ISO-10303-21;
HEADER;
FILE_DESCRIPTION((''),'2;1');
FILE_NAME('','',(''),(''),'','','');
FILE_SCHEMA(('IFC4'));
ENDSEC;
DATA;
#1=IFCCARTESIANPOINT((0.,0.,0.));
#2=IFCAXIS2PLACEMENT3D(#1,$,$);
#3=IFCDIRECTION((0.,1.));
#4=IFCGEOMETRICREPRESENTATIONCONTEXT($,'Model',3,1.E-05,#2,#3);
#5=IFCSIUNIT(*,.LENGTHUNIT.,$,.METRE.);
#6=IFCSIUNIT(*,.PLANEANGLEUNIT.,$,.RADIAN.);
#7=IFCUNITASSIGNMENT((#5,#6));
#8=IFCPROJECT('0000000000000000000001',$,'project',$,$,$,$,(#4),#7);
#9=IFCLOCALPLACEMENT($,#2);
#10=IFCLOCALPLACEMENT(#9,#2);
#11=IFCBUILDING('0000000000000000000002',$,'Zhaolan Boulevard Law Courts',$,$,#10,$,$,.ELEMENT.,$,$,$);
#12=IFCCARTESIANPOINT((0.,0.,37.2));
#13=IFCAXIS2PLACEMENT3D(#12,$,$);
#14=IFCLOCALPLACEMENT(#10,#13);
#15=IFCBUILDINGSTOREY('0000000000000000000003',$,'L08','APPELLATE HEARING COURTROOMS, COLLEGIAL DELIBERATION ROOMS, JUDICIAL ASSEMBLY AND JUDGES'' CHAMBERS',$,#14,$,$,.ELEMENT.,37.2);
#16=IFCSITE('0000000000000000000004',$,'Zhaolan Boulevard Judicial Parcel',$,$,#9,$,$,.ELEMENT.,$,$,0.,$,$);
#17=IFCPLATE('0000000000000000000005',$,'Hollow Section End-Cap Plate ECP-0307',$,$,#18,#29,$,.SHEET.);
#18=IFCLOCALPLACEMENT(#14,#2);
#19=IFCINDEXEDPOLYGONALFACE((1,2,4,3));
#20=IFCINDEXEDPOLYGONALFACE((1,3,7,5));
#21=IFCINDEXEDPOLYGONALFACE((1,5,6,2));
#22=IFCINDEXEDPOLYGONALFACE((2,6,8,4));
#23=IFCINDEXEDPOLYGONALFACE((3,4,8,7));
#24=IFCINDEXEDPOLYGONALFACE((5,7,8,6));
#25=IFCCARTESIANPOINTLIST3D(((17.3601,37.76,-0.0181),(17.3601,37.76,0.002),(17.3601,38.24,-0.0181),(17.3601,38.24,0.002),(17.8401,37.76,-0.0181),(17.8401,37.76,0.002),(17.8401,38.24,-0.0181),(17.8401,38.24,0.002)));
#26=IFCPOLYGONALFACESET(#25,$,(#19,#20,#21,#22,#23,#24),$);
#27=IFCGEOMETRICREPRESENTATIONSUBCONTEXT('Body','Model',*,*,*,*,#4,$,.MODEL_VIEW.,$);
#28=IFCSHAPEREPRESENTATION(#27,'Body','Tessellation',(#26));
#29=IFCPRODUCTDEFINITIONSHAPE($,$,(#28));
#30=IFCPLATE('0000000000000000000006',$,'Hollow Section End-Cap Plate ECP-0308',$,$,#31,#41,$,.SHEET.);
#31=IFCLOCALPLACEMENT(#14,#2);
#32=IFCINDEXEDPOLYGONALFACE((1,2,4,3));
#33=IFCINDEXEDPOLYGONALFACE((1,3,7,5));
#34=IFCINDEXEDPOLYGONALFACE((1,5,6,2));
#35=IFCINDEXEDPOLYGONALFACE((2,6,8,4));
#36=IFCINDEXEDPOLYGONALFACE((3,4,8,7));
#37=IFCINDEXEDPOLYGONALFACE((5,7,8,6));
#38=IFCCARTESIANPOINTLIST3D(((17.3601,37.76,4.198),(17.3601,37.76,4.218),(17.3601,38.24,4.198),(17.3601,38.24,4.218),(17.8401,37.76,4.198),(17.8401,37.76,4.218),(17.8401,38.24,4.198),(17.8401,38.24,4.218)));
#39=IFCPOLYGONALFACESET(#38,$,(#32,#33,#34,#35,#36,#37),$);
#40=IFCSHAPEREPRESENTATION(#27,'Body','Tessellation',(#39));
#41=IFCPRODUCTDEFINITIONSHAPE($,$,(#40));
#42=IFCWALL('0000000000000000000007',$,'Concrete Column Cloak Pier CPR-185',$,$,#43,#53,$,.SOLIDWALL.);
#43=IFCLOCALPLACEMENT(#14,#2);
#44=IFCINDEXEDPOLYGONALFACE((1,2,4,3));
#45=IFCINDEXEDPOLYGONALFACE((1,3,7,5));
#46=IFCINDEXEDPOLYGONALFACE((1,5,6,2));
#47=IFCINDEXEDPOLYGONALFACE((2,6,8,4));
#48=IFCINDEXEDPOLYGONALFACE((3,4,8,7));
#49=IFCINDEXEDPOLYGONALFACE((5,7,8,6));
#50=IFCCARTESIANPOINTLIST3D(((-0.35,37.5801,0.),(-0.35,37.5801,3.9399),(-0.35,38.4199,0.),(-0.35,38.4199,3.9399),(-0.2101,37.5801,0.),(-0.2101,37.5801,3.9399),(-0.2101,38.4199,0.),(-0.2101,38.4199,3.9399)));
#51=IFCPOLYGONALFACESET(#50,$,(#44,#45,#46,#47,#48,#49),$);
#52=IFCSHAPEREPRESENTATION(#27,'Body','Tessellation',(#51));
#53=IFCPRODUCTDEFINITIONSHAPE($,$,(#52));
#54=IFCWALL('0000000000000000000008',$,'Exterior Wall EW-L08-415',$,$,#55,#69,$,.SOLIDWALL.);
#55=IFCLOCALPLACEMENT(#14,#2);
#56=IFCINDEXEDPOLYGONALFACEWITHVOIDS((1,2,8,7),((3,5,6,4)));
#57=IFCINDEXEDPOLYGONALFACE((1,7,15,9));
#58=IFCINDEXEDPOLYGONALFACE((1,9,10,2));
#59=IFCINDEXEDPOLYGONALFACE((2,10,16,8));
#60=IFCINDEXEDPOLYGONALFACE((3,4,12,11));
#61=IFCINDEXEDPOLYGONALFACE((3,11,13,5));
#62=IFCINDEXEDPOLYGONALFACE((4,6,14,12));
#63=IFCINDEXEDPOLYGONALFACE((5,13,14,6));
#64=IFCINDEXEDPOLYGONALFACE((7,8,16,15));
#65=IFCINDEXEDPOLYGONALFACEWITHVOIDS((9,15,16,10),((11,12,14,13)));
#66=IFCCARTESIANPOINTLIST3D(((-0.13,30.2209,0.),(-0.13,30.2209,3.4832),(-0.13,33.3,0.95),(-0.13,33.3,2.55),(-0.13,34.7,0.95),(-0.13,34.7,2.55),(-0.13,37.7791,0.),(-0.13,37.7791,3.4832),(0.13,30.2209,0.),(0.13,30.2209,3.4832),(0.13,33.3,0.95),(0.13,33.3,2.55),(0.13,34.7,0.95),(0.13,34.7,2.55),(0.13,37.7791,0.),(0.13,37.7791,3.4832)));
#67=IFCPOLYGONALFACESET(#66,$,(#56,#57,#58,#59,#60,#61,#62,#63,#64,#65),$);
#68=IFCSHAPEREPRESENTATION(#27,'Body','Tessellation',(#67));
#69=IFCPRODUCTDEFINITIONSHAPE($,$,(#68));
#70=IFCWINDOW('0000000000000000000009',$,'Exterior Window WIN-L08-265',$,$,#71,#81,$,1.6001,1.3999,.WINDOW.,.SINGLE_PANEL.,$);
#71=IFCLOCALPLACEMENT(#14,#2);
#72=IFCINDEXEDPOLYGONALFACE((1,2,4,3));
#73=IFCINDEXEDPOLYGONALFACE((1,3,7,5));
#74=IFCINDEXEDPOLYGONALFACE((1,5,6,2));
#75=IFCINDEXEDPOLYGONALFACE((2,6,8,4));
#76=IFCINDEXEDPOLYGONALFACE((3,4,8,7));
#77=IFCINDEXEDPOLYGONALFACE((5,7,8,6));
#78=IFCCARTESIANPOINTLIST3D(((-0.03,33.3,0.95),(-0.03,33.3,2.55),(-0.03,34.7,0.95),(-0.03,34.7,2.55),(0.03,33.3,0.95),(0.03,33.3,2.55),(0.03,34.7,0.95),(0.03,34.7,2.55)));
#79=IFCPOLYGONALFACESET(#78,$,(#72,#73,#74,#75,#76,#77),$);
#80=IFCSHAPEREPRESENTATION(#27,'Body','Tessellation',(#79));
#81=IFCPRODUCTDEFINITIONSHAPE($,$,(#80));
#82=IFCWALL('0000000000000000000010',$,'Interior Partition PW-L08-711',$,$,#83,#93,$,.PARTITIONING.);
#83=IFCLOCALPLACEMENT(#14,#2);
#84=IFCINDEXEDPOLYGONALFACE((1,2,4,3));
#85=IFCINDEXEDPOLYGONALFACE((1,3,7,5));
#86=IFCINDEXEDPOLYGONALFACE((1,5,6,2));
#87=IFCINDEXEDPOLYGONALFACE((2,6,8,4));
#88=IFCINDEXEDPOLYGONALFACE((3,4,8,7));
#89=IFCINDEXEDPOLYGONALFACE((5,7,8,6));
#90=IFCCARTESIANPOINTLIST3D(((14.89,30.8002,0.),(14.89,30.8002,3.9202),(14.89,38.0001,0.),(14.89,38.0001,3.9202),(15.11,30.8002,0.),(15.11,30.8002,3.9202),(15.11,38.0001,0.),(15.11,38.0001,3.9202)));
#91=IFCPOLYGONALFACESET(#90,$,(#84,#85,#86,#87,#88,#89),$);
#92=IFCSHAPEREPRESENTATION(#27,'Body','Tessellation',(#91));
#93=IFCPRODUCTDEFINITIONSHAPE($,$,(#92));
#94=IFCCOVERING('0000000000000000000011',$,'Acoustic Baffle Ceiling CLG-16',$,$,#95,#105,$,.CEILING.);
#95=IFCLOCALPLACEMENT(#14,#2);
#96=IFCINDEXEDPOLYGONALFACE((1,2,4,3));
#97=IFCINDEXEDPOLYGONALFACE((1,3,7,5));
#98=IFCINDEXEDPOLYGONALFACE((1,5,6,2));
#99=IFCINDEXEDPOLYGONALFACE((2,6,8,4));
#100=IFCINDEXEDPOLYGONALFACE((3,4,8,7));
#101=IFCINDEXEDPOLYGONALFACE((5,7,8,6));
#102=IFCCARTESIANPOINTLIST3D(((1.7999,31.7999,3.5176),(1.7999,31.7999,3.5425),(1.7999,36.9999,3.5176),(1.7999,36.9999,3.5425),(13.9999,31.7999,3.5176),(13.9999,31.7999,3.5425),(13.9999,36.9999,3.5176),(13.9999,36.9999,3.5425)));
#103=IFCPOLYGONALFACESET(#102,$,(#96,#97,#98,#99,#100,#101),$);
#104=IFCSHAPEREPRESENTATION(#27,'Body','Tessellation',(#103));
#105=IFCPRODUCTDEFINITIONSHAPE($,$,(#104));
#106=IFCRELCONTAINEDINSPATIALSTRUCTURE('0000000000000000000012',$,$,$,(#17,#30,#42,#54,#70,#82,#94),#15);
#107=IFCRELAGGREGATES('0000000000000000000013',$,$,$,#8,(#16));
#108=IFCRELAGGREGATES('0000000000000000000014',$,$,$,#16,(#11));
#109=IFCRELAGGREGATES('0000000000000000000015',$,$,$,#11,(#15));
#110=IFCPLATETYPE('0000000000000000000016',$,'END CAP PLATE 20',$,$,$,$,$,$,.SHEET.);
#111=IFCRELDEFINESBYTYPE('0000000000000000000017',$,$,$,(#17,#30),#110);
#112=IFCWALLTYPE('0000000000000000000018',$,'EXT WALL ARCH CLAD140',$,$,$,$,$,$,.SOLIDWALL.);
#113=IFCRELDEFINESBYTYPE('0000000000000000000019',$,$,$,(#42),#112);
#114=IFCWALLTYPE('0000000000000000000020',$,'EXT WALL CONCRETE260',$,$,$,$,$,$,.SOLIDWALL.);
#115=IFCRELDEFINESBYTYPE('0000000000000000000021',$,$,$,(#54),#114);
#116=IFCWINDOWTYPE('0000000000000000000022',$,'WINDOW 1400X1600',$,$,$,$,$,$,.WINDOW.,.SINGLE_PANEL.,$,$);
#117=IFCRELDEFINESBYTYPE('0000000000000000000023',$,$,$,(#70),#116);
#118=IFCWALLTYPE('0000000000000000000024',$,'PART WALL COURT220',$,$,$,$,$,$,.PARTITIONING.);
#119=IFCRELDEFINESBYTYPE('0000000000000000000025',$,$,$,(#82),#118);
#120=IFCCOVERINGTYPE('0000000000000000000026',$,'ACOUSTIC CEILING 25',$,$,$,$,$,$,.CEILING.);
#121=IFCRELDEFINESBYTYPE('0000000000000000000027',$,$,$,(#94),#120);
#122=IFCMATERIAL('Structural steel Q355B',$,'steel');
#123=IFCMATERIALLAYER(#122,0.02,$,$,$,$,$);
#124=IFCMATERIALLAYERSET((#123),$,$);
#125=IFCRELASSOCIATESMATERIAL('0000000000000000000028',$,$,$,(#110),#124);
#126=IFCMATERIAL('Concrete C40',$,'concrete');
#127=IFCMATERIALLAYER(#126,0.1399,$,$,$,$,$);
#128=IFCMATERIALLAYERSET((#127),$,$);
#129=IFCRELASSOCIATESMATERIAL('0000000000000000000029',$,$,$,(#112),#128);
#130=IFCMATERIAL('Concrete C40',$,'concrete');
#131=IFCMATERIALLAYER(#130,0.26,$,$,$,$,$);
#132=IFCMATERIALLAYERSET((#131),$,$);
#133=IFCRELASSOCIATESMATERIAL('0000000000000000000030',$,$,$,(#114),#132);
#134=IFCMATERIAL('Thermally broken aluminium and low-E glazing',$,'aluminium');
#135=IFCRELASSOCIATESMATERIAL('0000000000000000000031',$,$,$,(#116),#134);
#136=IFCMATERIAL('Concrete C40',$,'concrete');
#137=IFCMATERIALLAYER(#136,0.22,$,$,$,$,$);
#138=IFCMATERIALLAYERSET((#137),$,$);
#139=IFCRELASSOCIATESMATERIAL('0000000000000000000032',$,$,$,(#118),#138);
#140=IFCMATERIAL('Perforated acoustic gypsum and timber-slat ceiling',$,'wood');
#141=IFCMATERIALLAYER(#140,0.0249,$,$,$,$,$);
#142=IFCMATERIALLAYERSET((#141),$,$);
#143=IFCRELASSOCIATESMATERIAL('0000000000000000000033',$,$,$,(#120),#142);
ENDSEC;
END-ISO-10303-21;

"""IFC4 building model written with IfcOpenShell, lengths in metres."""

from ifc_helpers import new_model, si_unit, direction, frame, frame_2d, origin, origin_2d, place, context, subcontext, project, spatial, rectangle, extrude, material, layer, layer_set, type_object, element, fill, save


model = new_model("IFC4")

# Units and contexts
model_context = context("Model", 3, precision=1e-05, world=origin(), true_north=direction((0.0, 1.0)))
body_context = subcontext(model_context, "Body", "Model", "MODEL_VIEW")
ifc_project = project(units=[si_unit("LENGTHUNIT", "METRE"), si_unit("PLANEANGLEUNIT", "RADIAN")], contexts=[model_context])

# Site, building, storey
site_placement = place(None, origin())
site = spatial("IfcSite", under=ifc_project, at=site_placement, Name="Zhaolan Boulevard Judicial Parcel", CompositionType="ELEMENT", RefElevation=0.0)
building_placement = place(site_placement, origin())
building = spatial("IfcBuilding", under=site, at=building_placement, Name="Zhaolan Boulevard Law Courts", CompositionType="ELEMENT")
storey_placement = place(building_placement, frame((0.0, 0.0, 37.2)))
storey = spatial("IfcBuildingStorey", under=building, at=storey_placement, Name="L08", Description="APPELLATE HEARING COURTROOMS, COLLEGIAL DELIBERATION ROOMS, JUDICIAL ASSEMBLY AND JUDGES' CHAMBERS", CompositionType="ELEMENT", Elevation=37.2)

# Plates
ifc_material_1 = material(Name="Structural steel Q355B", Category="steel")
ifc_layer_1 = layer(ifc_material_1, 0.02)
ifc_layer_set_1 = layer_set([ifc_layer_1])
plate_type = type_object("IfcPlateType", Name="END CAP PLATE 20", PredefinedType="SHEET", material=ifc_layer_set_1)
for number, where, z_axis, x_axis, name in (
    (1, (17.6001, 38.0, -0.0181), (0.0, 0.0, 1.0), (1.0, 0.0, 0.0), "Hollow Section End-Cap Plate ECP-0307"),
    (2, (17.6001, 38.0, 4.198), (0.0, 0.0, 1.0), (1.0, 0.0, 0.0), "Hollow Section End-Cap Plate ECP-0308"),
):
    element("IfcPlate", number, at=place(storey_placement, frame(where, z_axis=z_axis, x_axis=x_axis)), inside=storey, type_object=plate_type, Name=name, PredefinedType="SHEET", context=body_context, shape_type="SweptSolid", body=[
        extrude(rectangle(XDim=0.48, YDim=0.48, at=origin_2d()), origin(), (0.0, 0.0, 1.0), 0.02),
    ])

# Wall
ifc_material_2 = material(Name="Concrete C40", Category="concrete")
ifc_layer_2 = layer(ifc_material_2, 0.1399)
ifc_layer_set_2 = layer_set([ifc_layer_2])
wall_type_1 = type_object("IfcWallType", Name="EXT WALL ARCH CLAD140", PredefinedType="SOLIDWALL", material=ifc_layer_set_2)
wall_1_placement = place(storey_placement, frame((-0.28, 37.5801, 0.0), z_axis=(0.0, 0.0, 1.0), x_axis=(0.0, 1.0, 0.0)))
element("IfcWall", 3, at=wall_1_placement, inside=storey, type_object=wall_type_1, Name="Concrete Column Cloak Pier CPR-185", PredefinedType="SOLIDWALL", context=body_context, shape_type="SweptSolid", body=[
    extrude(rectangle(XDim=0.8398, YDim=0.1399, at=frame_2d((0.4199, 0.0))), origin(), (0.0, 0.0, 1.0), 3.9399),
])

# Wall, opening, window
ifc_material_3 = material(Name="Concrete C40", Category="concrete")
ifc_layer_3 = layer(ifc_material_3, 0.26)
ifc_layer_set_3 = layer_set([ifc_layer_3])
wall_type_2 = type_object("IfcWallType", Name="EXT WALL CONCRETE260", PredefinedType="SOLIDWALL", material=ifc_layer_set_3)
wall_2_placement = place(storey_placement, frame((0.0, 37.7791, 0.0), z_axis=(0.0, 0.0, 1.0), x_axis=(0.0, -1.0, 0.0)))
wall_2 = element("IfcWall", 4, at=wall_2_placement, inside=storey, type_object=wall_type_2, Name="Exterior Wall EW-L08-415", PredefinedType="SOLIDWALL", context=body_context, shape_type="SweptSolid", body=[
    extrude(rectangle(XDim=7.5581, YDim=0.26, at=frame_2d((3.7791, 0.0))), origin(), (0.0, 0.0, 1.0), 3.4832),
])
opening_placement = place(wall_2_placement, frame((3.0791, 0.0, 0.95)))
opening = element("IfcOpeningElement", 5, at=opening_placement, cuts=wall_2, PredefinedType="OPENING", context=body_context, shape_type="SweptSolid", body=[
    extrude(rectangle(XDim=1.3999, YDim=1.6001, at=frame_2d((0.7, 0.8))), frame((0.0, 0.1399, 0.0), z_axis=(0.0, -1.0, 0.0), x_axis=(1.0, 0.0, 0.0)), (0.0, 0.0, 1.0), 0.28),
])
ifc_material_4 = material(Name="Thermally broken aluminium and low-E glazing", Category="aluminium")
window_type = type_object("IfcWindowType", Name="WINDOW 1400X1600", PartitioningType="SINGLE_PANEL", PredefinedType="WINDOW", material=ifc_material_4)
window_placement = place(opening_placement, origin())
window = element("IfcWindow", 6, at=window_placement, inside=storey, type_object=window_type, Name="Exterior Window WIN-L08-265", OverallHeight=1.6001, OverallWidth=1.3999, PartitioningType="SINGLE_PANEL", PredefinedType="WINDOW", context=body_context, shape_type="SweptSolid", body=[
    extrude(rectangle(XDim=1.3999, YDim=1.6001, at=frame_2d((0.7, 0.8))), frame((0.0, 0.03, 0.0), z_axis=(0.0, -1.0, 0.0), x_axis=(1.0, 0.0, 0.0)), (0.0, 0.0, 1.0), 0.0601),
])
fill(opening, window)

# Wall
ifc_material_5 = material(Name="Concrete C40", Category="concrete")
ifc_layer_4 = layer(ifc_material_5, 0.22)
ifc_layer_set_4 = layer_set([ifc_layer_4])
wall_type_3 = type_object("IfcWallType", Name="PART WALL COURT220", PredefinedType="PARTITIONING", material=ifc_layer_set_4)
wall_3_placement = place(storey_placement, frame((15.0, 30.8, 0.0), z_axis=(0.0, 0.0, 1.0), x_axis=(0.0, 1.0, 0.0)))
element("IfcWall", 7, at=wall_3_placement, inside=storey, type_object=wall_type_3, Name="Interior Partition PW-L08-711", PredefinedType="PARTITIONING", context=body_context, shape_type="SweptSolid", body=[
    extrude(rectangle(XDim=7.2, YDim=0.22, at=frame_2d((3.6001, 0.0))), origin(), (0.0, 0.0, 1.0), 3.9202),
])

# Covering
ifc_material_6 = material(Name="Perforated acoustic gypsum and timber-slat ceiling", Category="wood")
ifc_layer_5 = layer(ifc_material_6, 0.0249)
ifc_layer_set_5 = layer_set([ifc_layer_5])
covering_type = type_object("IfcCoveringType", Name="ACOUSTIC CEILING 25", PredefinedType="CEILING", material=ifc_layer_set_5)
covering_placement = place(storey_placement, frame((7.8999, 34.3999, 3.5176), z_axis=(0.0, 0.0, 1.0), x_axis=(1.0, 0.0, 0.0)))
element("IfcCovering", 8, at=covering_placement, inside=storey, type_object=covering_type, Name="Acoustic Baffle Ceiling CLG-16", PredefinedType="CEILING", context=body_context, shape_type="SweptSolid", body=[
    extrude(rectangle(XDim=12.2, YDim=5.2, at=origin_2d()), origin(), (0.0, 0.0, 1.0), 0.0249),
])

save(model, "model.ifc")
